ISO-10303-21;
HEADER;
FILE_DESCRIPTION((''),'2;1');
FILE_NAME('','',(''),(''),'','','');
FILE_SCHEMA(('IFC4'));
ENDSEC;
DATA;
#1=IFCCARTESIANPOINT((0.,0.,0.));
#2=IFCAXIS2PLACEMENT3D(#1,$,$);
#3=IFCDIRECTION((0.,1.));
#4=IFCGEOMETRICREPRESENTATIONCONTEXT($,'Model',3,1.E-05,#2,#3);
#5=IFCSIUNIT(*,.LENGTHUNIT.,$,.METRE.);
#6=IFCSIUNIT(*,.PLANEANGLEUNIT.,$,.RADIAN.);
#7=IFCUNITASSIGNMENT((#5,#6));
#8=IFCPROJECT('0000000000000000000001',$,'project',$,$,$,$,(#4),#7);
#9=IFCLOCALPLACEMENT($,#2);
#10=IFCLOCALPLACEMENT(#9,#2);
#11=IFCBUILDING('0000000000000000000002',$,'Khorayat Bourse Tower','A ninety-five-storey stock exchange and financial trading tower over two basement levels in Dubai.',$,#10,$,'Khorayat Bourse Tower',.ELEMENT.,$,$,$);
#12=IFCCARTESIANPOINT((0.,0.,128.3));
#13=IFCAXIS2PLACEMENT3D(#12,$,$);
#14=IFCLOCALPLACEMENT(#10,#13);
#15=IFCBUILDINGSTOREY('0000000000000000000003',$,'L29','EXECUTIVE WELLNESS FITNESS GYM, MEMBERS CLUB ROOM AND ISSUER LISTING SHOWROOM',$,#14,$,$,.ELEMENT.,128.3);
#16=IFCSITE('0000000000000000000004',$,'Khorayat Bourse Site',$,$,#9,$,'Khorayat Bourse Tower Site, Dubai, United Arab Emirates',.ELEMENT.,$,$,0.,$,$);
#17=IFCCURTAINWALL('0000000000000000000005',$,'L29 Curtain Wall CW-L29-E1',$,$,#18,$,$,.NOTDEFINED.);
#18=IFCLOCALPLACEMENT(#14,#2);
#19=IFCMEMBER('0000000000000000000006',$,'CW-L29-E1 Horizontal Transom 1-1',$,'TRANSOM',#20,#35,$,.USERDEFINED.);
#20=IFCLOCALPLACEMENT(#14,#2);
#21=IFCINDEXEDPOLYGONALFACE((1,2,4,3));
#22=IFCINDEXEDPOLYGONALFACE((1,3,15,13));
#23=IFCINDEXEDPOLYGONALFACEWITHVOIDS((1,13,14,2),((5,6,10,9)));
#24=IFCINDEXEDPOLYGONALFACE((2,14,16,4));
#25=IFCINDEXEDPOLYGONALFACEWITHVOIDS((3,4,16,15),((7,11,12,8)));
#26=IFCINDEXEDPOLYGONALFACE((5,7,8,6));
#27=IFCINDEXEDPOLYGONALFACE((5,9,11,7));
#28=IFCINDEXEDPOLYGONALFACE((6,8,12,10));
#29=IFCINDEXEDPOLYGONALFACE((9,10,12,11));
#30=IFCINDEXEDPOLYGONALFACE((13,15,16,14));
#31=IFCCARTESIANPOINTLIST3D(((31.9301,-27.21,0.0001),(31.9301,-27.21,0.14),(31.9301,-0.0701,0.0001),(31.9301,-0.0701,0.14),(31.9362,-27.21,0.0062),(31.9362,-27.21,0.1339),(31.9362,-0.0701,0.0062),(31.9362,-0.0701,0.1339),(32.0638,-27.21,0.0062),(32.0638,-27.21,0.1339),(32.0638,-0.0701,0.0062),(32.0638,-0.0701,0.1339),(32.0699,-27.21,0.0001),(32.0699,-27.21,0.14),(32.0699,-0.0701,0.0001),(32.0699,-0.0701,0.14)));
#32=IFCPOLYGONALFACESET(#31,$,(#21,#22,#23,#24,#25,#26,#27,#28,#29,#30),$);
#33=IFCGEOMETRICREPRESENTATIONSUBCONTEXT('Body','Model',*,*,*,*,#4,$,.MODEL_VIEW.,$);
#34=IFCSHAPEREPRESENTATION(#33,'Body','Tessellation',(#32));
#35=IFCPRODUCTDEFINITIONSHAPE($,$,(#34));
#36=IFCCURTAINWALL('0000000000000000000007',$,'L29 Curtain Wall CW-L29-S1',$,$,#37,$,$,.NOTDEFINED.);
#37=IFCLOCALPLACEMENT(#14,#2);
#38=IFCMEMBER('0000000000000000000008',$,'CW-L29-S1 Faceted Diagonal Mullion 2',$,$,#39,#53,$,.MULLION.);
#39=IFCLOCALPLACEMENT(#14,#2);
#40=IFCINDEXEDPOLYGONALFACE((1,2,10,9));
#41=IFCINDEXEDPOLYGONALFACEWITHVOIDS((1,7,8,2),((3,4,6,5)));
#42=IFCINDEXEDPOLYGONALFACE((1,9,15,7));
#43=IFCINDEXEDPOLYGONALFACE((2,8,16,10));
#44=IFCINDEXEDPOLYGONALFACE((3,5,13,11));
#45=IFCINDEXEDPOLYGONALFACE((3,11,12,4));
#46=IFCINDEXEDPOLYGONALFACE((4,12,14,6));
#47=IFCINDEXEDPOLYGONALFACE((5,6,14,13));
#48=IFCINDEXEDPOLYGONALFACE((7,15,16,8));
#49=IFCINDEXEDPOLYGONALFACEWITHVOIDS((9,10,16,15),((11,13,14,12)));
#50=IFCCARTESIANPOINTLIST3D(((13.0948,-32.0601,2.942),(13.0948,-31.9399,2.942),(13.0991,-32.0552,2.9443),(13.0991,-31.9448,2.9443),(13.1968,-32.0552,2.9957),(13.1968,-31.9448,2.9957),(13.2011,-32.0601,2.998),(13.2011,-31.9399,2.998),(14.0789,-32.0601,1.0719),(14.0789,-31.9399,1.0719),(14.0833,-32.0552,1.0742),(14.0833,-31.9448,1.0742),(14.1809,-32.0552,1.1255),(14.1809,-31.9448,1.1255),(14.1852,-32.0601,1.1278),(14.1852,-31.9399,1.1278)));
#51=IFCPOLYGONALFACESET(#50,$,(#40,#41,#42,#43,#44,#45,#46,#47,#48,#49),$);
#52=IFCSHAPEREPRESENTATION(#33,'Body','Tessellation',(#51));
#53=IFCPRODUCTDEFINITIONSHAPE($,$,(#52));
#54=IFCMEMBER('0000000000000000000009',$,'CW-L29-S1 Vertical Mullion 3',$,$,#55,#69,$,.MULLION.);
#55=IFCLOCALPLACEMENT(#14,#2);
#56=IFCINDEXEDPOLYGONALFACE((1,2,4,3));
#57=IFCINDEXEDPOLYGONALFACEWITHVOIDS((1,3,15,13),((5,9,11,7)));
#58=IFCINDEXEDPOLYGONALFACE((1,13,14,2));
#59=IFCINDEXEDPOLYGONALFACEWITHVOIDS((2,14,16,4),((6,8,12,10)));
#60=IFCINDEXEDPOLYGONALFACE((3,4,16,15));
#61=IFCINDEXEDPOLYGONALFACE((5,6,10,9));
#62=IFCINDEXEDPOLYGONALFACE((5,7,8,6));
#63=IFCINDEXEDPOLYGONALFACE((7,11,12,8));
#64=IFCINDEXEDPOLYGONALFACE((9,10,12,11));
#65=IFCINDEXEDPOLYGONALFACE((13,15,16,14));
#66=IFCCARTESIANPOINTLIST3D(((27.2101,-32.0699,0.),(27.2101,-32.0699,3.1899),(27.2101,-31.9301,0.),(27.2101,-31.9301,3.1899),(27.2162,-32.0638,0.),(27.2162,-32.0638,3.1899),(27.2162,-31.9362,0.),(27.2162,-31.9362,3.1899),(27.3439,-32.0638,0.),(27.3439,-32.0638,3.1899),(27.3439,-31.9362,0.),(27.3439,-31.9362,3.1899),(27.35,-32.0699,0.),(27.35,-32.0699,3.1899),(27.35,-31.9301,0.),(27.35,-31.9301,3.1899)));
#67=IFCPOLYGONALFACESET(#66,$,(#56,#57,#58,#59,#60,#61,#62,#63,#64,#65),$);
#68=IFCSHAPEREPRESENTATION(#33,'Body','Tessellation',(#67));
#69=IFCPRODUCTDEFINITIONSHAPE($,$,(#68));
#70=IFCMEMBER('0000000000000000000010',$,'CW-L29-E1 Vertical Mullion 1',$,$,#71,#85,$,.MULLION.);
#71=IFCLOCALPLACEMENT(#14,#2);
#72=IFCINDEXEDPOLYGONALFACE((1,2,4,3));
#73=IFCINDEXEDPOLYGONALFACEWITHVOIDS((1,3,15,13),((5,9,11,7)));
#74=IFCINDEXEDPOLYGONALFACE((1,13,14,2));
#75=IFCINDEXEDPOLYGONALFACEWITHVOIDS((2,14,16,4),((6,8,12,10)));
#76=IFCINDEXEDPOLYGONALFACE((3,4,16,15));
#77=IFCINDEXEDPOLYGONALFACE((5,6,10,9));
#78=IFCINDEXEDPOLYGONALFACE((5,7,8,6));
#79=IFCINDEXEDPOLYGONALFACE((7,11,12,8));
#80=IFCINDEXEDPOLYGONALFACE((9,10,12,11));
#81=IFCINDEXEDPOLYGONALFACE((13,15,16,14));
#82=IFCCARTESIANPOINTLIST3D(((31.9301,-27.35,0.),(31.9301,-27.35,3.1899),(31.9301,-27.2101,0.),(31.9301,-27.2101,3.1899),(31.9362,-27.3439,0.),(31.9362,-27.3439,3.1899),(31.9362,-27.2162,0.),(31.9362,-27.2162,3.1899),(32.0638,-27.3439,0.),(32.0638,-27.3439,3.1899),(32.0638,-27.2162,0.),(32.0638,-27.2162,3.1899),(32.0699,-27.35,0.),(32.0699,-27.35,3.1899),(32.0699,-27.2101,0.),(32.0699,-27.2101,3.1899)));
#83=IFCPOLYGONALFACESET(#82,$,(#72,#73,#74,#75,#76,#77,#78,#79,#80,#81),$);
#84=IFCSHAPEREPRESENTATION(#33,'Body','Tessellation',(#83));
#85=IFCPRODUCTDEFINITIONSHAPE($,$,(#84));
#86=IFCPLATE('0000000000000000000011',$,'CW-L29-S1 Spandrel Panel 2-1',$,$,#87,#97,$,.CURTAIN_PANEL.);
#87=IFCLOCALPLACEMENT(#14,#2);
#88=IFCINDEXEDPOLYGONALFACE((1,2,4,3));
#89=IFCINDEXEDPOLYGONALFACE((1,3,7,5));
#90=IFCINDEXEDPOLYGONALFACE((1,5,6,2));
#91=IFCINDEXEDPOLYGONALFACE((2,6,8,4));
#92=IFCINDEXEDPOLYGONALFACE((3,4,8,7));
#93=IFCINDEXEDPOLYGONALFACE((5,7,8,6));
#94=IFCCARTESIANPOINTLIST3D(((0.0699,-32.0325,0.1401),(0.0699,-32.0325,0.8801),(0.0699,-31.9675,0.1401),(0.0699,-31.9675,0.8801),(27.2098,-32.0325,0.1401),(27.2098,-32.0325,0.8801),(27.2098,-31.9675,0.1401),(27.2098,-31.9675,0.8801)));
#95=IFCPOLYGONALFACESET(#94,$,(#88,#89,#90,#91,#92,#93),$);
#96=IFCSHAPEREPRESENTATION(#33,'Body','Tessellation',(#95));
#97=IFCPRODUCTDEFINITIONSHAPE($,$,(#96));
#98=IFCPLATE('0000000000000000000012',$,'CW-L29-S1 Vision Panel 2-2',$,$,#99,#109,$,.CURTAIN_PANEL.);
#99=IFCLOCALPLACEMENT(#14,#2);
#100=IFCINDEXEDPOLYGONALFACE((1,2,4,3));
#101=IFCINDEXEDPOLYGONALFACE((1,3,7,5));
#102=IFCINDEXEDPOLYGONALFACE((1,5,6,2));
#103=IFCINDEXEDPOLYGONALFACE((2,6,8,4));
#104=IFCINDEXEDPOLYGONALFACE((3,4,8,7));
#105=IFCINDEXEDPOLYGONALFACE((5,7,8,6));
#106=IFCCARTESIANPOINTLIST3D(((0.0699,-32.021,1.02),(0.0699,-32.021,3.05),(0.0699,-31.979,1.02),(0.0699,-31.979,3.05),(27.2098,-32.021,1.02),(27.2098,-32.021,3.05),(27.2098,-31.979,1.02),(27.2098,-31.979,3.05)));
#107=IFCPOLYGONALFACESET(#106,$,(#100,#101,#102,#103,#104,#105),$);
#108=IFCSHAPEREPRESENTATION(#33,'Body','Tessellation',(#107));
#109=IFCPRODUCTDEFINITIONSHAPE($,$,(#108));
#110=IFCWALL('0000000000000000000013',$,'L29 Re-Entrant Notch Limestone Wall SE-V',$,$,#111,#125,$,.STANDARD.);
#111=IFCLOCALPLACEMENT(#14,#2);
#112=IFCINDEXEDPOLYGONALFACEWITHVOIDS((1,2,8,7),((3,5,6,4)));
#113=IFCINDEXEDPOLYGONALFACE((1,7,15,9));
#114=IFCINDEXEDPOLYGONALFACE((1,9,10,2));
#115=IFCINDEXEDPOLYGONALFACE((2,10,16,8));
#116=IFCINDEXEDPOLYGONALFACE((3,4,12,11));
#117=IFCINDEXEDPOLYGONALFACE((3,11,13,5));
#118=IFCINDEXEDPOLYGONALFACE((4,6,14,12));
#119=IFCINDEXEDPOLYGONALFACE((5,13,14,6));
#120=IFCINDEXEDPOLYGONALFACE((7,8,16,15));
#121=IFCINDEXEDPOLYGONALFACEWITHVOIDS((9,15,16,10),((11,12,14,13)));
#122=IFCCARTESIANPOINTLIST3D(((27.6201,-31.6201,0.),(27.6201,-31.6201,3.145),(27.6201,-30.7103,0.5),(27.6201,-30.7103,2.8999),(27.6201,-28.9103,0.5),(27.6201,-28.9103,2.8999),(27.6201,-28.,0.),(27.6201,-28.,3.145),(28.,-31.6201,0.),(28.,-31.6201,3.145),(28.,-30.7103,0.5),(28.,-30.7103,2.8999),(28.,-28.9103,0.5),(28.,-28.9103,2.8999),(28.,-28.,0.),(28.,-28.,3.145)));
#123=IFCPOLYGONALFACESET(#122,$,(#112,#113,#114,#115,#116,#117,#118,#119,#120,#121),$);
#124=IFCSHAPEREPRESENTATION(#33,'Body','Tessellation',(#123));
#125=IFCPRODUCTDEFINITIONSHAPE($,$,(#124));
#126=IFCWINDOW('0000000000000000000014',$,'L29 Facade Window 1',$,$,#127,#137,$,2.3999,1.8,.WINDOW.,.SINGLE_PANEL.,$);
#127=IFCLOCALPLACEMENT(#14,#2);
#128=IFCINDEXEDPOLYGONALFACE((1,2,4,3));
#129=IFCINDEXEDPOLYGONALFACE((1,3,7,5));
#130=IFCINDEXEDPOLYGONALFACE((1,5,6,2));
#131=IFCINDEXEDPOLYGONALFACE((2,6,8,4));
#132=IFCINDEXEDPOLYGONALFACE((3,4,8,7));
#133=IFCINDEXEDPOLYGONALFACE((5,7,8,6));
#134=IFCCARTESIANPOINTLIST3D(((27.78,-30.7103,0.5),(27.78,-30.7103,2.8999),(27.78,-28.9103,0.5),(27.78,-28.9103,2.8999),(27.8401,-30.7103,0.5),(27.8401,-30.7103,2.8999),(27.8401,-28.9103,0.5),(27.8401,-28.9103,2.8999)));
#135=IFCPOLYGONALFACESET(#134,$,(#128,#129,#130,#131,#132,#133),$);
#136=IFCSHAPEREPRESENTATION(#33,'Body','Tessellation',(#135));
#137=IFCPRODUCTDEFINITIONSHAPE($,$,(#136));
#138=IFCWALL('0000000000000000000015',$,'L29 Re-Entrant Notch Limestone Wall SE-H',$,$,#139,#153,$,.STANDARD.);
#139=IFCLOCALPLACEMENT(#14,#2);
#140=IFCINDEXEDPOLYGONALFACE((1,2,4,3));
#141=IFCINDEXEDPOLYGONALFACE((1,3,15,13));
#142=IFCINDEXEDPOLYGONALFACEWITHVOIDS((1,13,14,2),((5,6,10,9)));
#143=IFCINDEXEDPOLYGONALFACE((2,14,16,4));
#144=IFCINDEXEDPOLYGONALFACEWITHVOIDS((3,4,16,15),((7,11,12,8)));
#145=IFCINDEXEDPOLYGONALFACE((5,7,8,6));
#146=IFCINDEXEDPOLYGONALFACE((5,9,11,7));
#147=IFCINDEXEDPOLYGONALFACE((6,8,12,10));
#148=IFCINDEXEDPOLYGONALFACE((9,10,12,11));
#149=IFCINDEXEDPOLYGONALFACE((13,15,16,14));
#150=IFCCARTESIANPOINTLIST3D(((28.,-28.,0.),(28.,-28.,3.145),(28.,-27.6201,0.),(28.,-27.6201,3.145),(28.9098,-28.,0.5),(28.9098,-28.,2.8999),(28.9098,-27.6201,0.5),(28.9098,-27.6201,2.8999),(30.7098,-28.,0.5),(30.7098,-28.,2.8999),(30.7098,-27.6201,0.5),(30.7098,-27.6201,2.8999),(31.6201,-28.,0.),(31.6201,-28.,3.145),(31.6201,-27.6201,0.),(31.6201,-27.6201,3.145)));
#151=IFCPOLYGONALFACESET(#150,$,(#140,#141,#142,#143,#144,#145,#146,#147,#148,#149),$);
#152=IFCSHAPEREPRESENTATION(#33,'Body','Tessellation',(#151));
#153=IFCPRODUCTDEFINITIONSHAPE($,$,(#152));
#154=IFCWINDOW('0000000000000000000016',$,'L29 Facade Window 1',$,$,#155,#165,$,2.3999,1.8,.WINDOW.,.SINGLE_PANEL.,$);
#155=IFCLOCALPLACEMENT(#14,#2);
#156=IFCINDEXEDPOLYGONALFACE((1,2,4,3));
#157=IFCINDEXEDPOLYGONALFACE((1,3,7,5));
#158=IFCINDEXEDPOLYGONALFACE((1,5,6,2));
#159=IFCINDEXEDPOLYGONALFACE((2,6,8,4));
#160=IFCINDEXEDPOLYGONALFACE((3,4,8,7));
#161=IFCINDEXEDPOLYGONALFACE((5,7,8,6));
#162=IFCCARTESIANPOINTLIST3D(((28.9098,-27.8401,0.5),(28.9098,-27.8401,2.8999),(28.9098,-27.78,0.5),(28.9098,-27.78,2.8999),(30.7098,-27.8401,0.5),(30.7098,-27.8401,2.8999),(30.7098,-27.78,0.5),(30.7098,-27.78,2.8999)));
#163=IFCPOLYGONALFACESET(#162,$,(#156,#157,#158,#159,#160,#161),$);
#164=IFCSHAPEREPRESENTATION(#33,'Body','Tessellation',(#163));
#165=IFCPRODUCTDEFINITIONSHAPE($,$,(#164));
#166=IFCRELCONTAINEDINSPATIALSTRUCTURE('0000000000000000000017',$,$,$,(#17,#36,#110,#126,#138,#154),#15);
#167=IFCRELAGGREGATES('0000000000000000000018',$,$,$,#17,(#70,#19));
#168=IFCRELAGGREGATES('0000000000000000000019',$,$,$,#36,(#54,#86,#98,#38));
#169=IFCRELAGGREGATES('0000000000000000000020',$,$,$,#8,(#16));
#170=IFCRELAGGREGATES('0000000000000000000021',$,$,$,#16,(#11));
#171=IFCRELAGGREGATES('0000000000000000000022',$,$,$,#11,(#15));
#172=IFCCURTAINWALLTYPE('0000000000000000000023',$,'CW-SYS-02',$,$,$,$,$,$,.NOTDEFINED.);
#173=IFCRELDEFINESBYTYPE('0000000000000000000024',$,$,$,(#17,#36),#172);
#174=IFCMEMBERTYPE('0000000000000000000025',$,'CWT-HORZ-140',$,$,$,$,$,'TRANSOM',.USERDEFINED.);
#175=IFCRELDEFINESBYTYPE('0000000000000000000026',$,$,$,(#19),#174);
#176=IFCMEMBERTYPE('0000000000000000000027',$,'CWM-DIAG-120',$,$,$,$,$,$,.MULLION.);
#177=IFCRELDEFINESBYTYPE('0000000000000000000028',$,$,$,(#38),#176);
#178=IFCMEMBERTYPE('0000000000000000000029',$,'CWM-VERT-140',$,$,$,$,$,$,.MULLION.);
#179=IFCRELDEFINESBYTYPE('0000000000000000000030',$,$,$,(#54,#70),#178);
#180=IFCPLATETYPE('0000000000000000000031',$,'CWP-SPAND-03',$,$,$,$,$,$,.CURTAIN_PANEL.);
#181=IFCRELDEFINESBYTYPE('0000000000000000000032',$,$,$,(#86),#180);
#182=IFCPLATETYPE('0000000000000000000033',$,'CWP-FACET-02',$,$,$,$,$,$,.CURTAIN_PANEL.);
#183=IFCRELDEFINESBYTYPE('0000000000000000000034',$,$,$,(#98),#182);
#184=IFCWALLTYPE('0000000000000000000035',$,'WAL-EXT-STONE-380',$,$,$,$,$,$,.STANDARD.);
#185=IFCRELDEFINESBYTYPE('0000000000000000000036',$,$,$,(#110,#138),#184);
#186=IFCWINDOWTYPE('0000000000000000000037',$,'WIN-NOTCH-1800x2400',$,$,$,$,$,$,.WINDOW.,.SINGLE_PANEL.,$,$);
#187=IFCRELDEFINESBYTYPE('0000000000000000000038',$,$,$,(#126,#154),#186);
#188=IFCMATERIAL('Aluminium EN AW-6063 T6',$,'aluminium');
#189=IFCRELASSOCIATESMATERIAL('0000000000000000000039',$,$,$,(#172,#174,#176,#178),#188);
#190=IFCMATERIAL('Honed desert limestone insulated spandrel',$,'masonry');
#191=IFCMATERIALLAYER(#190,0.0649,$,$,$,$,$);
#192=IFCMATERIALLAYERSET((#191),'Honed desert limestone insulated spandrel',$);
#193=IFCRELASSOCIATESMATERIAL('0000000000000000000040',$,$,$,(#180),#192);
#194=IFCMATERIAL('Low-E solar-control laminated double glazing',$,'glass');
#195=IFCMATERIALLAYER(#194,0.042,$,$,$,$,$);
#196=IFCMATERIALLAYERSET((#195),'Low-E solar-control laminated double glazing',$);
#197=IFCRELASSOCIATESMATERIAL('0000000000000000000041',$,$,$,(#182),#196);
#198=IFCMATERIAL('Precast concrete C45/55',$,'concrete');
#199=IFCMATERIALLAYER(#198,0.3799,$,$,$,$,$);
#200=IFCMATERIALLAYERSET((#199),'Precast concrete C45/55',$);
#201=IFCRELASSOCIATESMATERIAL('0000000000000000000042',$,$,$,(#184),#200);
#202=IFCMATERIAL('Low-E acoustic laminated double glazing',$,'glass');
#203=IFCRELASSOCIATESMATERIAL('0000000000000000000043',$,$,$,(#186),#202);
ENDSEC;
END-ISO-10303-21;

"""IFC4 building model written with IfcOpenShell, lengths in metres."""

from ifc_helpers import new_model, si_unit, direction, frame, frame_2d, origin, origin_2d, place, context, subcontext, project, spatial, rectangle, hollow_rectangle, extrude, source, transform, mapped, material, layer, layer_set, material_profile, profile_set, type_object, element, fill, aggregate, save


model = new_model("IFC4")

# Units and contexts
model_context = context("Model", 3, precision=1e-05, world=origin(), true_north=direction((0.0, 1.0)))
body_context = subcontext(model_context, "Body", "Model", "MODEL_VIEW")
ifc_project = project(units=[si_unit("LENGTHUNIT", "METRE"), si_unit("PLANEANGLEUNIT", "RADIAN")], contexts=[model_context])

# Site, building, storey
site_placement = place(None, origin())
site = spatial("IfcSite", under=ifc_project, at=site_placement, Name="Khorayat Bourse Site", LongName="Khorayat Bourse Tower Site, Dubai, United Arab Emirates", CompositionType="ELEMENT", RefElevation=0.0)
building_placement = place(site_placement, origin())
building = spatial("IfcBuilding", under=site, at=building_placement, Name="Khorayat Bourse Tower", Description="A ninety-five-storey stock exchange and financial trading tower over two basement levels in Dubai.", LongName="Khorayat Bourse Tower", CompositionType="ELEMENT")
storey_placement = place(building_placement, frame((0.0, 0.0, 128.3)))
storey = spatial("IfcBuildingStorey", under=building, at=storey_placement, Name="L29", Description="EXECUTIVE WELLNESS FITNESS GYM, MEMBERS CLUB ROOM AND ISSUER LISTING SHOWROOM", CompositionType="ELEMENT", Elevation=128.3)

# Curtain wall, member
ifc_material_1 = material(Name="Aluminium EN AW-6063 T6", Category="aluminium")
curtain_wall_type = type_object("IfcCurtainWallType", Name="CW-SYS-02", PredefinedType="NOTDEFINED", material=ifc_material_1)
curtain_wall_1_placement = place(storey_placement, origin())
curtain_wall_1 = element("IfcCurtainWall", 1, at=curtain_wall_1_placement, inside=storey, type_object=curtain_wall_type, Name="L29 Curtain Wall CW-L29-E1", PredefinedType="NOTDEFINED")
ifc_material_profile_1 = material_profile(ifc_material_1, hollow_rectangle(XDim=0.1399, YDim=0.1399, WallThickness=0.0061, at=origin_2d()), Name="ALU 140x140x6")
ifc_profile_set_1 = profile_set([ifc_material_profile_1], Name="Aluminium EN AW-6063 T6")
member_type_1 = type_object("IfcMemberType", Name="CWT-HORZ-140", ElementType="TRANSOM", PredefinedType="USERDEFINED", material=ifc_profile_set_1)
shared_shape_1 = source(origin(), body_context, "Body", "SweptSolid", [
    extrude(hollow_rectangle(XDim=0.1399, YDim=0.1399, WallThickness=0.0061, at=origin_2d()), origin(), (0.0, 0.0, 1.0), 27.1399),
])
member_1_placement = place(storey_placement, frame((32.0, -27.21, 0.0701), z_axis=(0.0, 1.0, 0.0), x_axis=(-1.0, 0.0, 0.0)))
member_1 = element("IfcMember", 2, at=member_1_placement, type_object=member_type_1, Name="CW-L29-E1 Horizontal Transom 1-1", ObjectType="TRANSOM", PredefinedType="USERDEFINED", context=body_context, shape_type="MappedRepresentation", body=[
    mapped(shared_shape_1, transform((0.0, 0.0, 0.0), scale=1.0)),
])

# Curtain wall, members
curtain_wall_2_placement = place(storey_placement, origin())
curtain_wall_2 = element("IfcCurtainWall", 3, at=curtain_wall_2_placement, inside=storey, type_object=curtain_wall_type, Name="L29 Curtain Wall CW-L29-S1", PredefinedType="NOTDEFINED")
ifc_material_profile_2 = material_profile(ifc_material_1, hollow_rectangle(XDim=0.1201, YDim=0.1201, WallThickness=0.0049, at=origin_2d()), Name="ALU 120x120x5")
ifc_profile_set_2 = profile_set([ifc_material_profile_2], Name="Aluminium EN AW-6063 T6")
member_type_2 = type_object("IfcMemberType", Name="CWM-DIAG-120", PredefinedType="MULLION", material=ifc_profile_set_2)
shared_shape_2 = source(origin(), body_context, "Body", "SweptSolid", [
    extrude(hollow_rectangle(XDim=0.1201, YDim=0.1201, WallThickness=0.0049, at=origin_2d()), origin(), (0.0, 0.0, 1.0), 2.1133),
])
member_2_placement = place(storey_placement, frame((14.1321, -32.0, 1.0999), z_axis=(-0.465694, 0.0, 0.884946), x_axis=(0.0, -1.0, 0.0)))
member_2 = element("IfcMember", 4, at=member_2_placement, type_object=member_type_2, Name="CW-L29-S1 Faceted Diagonal Mullion 2", PredefinedType="MULLION", context=body_context, shape_type="MappedRepresentation", body=[
    mapped(shared_shape_2, transform((0.0, 0.0, 0.0), scale=1.0)),
])
ifc_material_profile_3 = material_profile(ifc_material_1, hollow_rectangle(XDim=0.1399, YDim=0.1399, WallThickness=0.0061, at=origin_2d()), Name="ALU 140x140x6")
ifc_profile_set_3 = profile_set([ifc_material_profile_3], Name="Aluminium EN AW-6063 T6")
member_type_3 = type_object("IfcMemberType", Name="CWM-VERT-140", PredefinedType="MULLION", material=ifc_profile_set_3)
shared_shape_3 = source(origin(), body_context, "Body", "SweptSolid", [
    extrude(hollow_rectangle(XDim=0.1399, YDim=0.1399, WallThickness=0.0061, at=origin_2d()), origin(), (0.0, 0.0, 1.0), 3.1899),
])
member_3_placement = place(storey_placement, frame((27.28, -32.0, 0.0), z_axis=(0.0, 0.0, 1.0), x_axis=(0.0, 1.0, 0.0)))
member_3 = element("IfcMember", 5, at=member_3_placement, type_object=member_type_3, Name="CW-L29-S1 Vertical Mullion 3", PredefinedType="MULLION", context=body_context, shape_type="MappedRepresentation", body=[
    mapped(shared_shape_3, transform((0.0, 0.0, 0.0), scale=1.0)),
])

# Member
member_4_placement = place(storey_placement, frame((32.0, -27.28, 0.0), z_axis=(0.0, 0.0, 1.0), x_axis=(-1.0, 0.0, 0.0)))
member_4 = element("IfcMember", 6, at=member_4_placement, type_object=member_type_3, Name="CW-L29-E1 Vertical Mullion 1", PredefinedType="MULLION", context=body_context, shape_type="MappedRepresentation", body=[
    mapped(shared_shape_3, transform((0.0, 0.0, 0.0), scale=1.0)),
])
aggregate(curtain_wall_1, [member_4, member_1])

# Plates
ifc_material_2 = material(Name="Honed desert limestone insulated spandrel", Category="masonry")
ifc_layer_1 = layer(ifc_material_2, 0.0649)
ifc_layer_set_1 = layer_set([ifc_layer_1], Name="Honed desert limestone insulated spandrel")
plate_type_1 = type_object("IfcPlateType", Name="CWP-SPAND-03", PredefinedType="CURTAIN_PANEL", material=ifc_layer_set_1)
shared_shape_4 = source(origin(), body_context, "Body", "SweptSolid", [
    extrude(rectangle(XDim=27.1399, YDim=0.0649, at=origin_2d()), origin(), (0.0, 0.0, 1.0), 0.74),
])
plate_1_placement = place(storey_placement, frame((13.6399, -32.0, 0.1401), z_axis=(0.0, 0.0, 1.0), x_axis=(1.0, 0.0, 0.0)))
plate_1 = element("IfcPlate", 7, at=plate_1_placement, type_object=plate_type_1, Name="CW-L29-S1 Spandrel Panel 2-1", PredefinedType="CURTAIN_PANEL", context=body_context, shape_type="MappedRepresentation", body=[
    mapped(shared_shape_4, transform((0.0, 0.0, 0.0), scale=1.0)),
])
ifc_material_3 = material(Name="Low-E solar-control laminated double glazing", Category="glass")
ifc_layer_2 = layer(ifc_material_3, 0.042)
ifc_layer_set_2 = layer_set([ifc_layer_2], Name="Low-E solar-control laminated double glazing")
plate_type_2 = type_object("IfcPlateType", Name="CWP-FACET-02", PredefinedType="CURTAIN_PANEL", material=ifc_layer_set_2)
shared_shape_5 = source(origin(), body_context, "Body", "SweptSolid", [
    extrude(rectangle(XDim=27.1399, YDim=0.042, at=origin_2d()), origin(), (0.0, 0.0, 1.0), 2.03),
])
plate_2_placement = place(storey_placement, frame((13.6399, -32.0, 1.02), z_axis=(0.0, 0.0, 1.0), x_axis=(1.0, 0.0, 0.0)))
plate_2 = element("IfcPlate", 8, at=plate_2_placement, type_object=plate_type_2, Name="CW-L29-S1 Vision Panel 2-2", PredefinedType="CURTAIN_PANEL", context=body_context, shape_type="MappedRepresentation", body=[
    mapped(shared_shape_5, transform((0.0, 0.0, 0.0), scale=1.0)),
])
aggregate(curtain_wall_2, [member_3, plate_1, plate_2, member_2])

# Walls, openings, windows
ifc_material_4 = material(Name="Precast concrete C45/55", Category="concrete")
ifc_layer_3 = layer(ifc_material_4, 0.3799)
ifc_layer_set_3 = layer_set([ifc_layer_3], Name="Precast concrete C45/55")
wall_type_1 = type_object("IfcWallType", Name="WAL-EXT-STONE-380", PredefinedType="STANDARD", material=ifc_layer_set_3)
shared_shape_6 = source(origin(), body_context, "Body", "SweptSolid", [
    extrude(rectangle(XDim=3.6201, YDim=0.3799, at=frame_2d((1.8101, 0.0))), origin(), (0.0, 0.0, 1.0), 3.145),
])
wall_1_placement = place(storey_placement, frame((27.8101, -31.6201, 0.0), z_axis=(0.0, 0.0, 1.0), x_axis=(0.0, 1.0, 0.0)))
wall_1 = element("IfcWall", 9, at=wall_1_placement, inside=storey, type_object=wall_type_1, Name="L29 Re-Entrant Notch Limestone Wall SE-V", PredefinedType="STANDARD", context=body_context, shape_type="MappedRepresentation", body=[
    mapped(shared_shape_6, transform((0.0, 0.0, 0.0), scale=1.0)),
])
shared_shape_7 = source(origin(), body_context, "Body", "SweptSolid", [
    extrude(rectangle(XDim=1.8, YDim=2.3999, at=frame_2d((0.8999, 1.2))), frame((0.0, 0.2, 0.0), z_axis=(0.0, -1.0, 0.0), x_axis=(1.0, 0.0, 0.0)), (0.0, 0.0, 1.0), 0.3999),
])
opening_1_placement = place(wall_1_placement, frame((0.9099, 0.0, 0.5)))
opening_1 = element("IfcOpeningElement", 10, at=opening_1_placement, cuts=wall_1, PredefinedType="OPENING", context=body_context, shape_type="MappedRepresentation", body=[
    mapped(shared_shape_7, transform((0.0, 0.0, 0.0), scale=1.0)),
])
ifc_material_5 = material(Name="Low-E acoustic laminated double glazing", Category="glass")
window_type = type_object("IfcWindowType", Name="WIN-NOTCH-1800x2400", PartitioningType="SINGLE_PANEL", PredefinedType="WINDOW", material=ifc_material_5)
shared_shape_8 = source(origin(), body_context, "Body", "SweptSolid", [
    extrude(rectangle(XDim=1.8, YDim=2.3999, at=frame_2d((0.8999, 1.2))), frame((0.0, 0.03, 0.0), z_axis=(0.0, -1.0, 0.0), x_axis=(1.0, 0.0, 0.0)), (0.0, 0.0, 1.0), 0.0601),
])
window_1_placement = place(opening_1_placement, origin())
window_1 = element("IfcWindow", 11, at=window_1_placement, inside=storey, type_object=window_type, Name="L29 Facade Window 1", OverallHeight=2.3999, OverallWidth=1.8, PartitioningType="SINGLE_PANEL", PredefinedType="WINDOW", context=body_context, shape_type="MappedRepresentation", body=[
    mapped(shared_shape_8, transform((0.0, 0.0, 0.0), scale=1.0)),
])
fill(opening_1, window_1)
wall_2_placement = place(storey_placement, frame((28.0, -27.8101, 0.0), z_axis=(0.0, 0.0, 1.0), x_axis=(1.0, 0.0, 0.0)))
wall_2 = element("IfcWall", 12, at=wall_2_placement, inside=storey, type_object=wall_type_1, Name="L29 Re-Entrant Notch Limestone Wall SE-H", PredefinedType="STANDARD", context=body_context, shape_type="MappedRepresentation", body=[
    mapped(shared_shape_6, transform((0.0, 0.0, 0.0), scale=1.0)),
])
opening_2_placement = place(wall_2_placement, frame((0.9099, 0.0, 0.5)))
opening_2 = element("IfcOpeningElement", 13, at=opening_2_placement, cuts=wall_2, PredefinedType="OPENING", context=body_context, shape_type="MappedRepresentation", body=[
    mapped(shared_shape_7, transform((0.0, 0.0, 0.0), scale=1.0)),
])
window_2_placement = place(opening_2_placement, origin())
window_2 = element("IfcWindow", 14, at=window_2_placement, inside=storey, type_object=window_type, Name="L29 Facade Window 1", OverallHeight=2.3999, OverallWidth=1.8, PartitioningType="SINGLE_PANEL", PredefinedType="WINDOW", context=body_context, shape_type="MappedRepresentation", body=[
    mapped(shared_shape_8, transform((0.0, 0.0, 0.0), scale=1.0)),
])
fill(opening_2, window_2)

save(model, "model.ifc")
